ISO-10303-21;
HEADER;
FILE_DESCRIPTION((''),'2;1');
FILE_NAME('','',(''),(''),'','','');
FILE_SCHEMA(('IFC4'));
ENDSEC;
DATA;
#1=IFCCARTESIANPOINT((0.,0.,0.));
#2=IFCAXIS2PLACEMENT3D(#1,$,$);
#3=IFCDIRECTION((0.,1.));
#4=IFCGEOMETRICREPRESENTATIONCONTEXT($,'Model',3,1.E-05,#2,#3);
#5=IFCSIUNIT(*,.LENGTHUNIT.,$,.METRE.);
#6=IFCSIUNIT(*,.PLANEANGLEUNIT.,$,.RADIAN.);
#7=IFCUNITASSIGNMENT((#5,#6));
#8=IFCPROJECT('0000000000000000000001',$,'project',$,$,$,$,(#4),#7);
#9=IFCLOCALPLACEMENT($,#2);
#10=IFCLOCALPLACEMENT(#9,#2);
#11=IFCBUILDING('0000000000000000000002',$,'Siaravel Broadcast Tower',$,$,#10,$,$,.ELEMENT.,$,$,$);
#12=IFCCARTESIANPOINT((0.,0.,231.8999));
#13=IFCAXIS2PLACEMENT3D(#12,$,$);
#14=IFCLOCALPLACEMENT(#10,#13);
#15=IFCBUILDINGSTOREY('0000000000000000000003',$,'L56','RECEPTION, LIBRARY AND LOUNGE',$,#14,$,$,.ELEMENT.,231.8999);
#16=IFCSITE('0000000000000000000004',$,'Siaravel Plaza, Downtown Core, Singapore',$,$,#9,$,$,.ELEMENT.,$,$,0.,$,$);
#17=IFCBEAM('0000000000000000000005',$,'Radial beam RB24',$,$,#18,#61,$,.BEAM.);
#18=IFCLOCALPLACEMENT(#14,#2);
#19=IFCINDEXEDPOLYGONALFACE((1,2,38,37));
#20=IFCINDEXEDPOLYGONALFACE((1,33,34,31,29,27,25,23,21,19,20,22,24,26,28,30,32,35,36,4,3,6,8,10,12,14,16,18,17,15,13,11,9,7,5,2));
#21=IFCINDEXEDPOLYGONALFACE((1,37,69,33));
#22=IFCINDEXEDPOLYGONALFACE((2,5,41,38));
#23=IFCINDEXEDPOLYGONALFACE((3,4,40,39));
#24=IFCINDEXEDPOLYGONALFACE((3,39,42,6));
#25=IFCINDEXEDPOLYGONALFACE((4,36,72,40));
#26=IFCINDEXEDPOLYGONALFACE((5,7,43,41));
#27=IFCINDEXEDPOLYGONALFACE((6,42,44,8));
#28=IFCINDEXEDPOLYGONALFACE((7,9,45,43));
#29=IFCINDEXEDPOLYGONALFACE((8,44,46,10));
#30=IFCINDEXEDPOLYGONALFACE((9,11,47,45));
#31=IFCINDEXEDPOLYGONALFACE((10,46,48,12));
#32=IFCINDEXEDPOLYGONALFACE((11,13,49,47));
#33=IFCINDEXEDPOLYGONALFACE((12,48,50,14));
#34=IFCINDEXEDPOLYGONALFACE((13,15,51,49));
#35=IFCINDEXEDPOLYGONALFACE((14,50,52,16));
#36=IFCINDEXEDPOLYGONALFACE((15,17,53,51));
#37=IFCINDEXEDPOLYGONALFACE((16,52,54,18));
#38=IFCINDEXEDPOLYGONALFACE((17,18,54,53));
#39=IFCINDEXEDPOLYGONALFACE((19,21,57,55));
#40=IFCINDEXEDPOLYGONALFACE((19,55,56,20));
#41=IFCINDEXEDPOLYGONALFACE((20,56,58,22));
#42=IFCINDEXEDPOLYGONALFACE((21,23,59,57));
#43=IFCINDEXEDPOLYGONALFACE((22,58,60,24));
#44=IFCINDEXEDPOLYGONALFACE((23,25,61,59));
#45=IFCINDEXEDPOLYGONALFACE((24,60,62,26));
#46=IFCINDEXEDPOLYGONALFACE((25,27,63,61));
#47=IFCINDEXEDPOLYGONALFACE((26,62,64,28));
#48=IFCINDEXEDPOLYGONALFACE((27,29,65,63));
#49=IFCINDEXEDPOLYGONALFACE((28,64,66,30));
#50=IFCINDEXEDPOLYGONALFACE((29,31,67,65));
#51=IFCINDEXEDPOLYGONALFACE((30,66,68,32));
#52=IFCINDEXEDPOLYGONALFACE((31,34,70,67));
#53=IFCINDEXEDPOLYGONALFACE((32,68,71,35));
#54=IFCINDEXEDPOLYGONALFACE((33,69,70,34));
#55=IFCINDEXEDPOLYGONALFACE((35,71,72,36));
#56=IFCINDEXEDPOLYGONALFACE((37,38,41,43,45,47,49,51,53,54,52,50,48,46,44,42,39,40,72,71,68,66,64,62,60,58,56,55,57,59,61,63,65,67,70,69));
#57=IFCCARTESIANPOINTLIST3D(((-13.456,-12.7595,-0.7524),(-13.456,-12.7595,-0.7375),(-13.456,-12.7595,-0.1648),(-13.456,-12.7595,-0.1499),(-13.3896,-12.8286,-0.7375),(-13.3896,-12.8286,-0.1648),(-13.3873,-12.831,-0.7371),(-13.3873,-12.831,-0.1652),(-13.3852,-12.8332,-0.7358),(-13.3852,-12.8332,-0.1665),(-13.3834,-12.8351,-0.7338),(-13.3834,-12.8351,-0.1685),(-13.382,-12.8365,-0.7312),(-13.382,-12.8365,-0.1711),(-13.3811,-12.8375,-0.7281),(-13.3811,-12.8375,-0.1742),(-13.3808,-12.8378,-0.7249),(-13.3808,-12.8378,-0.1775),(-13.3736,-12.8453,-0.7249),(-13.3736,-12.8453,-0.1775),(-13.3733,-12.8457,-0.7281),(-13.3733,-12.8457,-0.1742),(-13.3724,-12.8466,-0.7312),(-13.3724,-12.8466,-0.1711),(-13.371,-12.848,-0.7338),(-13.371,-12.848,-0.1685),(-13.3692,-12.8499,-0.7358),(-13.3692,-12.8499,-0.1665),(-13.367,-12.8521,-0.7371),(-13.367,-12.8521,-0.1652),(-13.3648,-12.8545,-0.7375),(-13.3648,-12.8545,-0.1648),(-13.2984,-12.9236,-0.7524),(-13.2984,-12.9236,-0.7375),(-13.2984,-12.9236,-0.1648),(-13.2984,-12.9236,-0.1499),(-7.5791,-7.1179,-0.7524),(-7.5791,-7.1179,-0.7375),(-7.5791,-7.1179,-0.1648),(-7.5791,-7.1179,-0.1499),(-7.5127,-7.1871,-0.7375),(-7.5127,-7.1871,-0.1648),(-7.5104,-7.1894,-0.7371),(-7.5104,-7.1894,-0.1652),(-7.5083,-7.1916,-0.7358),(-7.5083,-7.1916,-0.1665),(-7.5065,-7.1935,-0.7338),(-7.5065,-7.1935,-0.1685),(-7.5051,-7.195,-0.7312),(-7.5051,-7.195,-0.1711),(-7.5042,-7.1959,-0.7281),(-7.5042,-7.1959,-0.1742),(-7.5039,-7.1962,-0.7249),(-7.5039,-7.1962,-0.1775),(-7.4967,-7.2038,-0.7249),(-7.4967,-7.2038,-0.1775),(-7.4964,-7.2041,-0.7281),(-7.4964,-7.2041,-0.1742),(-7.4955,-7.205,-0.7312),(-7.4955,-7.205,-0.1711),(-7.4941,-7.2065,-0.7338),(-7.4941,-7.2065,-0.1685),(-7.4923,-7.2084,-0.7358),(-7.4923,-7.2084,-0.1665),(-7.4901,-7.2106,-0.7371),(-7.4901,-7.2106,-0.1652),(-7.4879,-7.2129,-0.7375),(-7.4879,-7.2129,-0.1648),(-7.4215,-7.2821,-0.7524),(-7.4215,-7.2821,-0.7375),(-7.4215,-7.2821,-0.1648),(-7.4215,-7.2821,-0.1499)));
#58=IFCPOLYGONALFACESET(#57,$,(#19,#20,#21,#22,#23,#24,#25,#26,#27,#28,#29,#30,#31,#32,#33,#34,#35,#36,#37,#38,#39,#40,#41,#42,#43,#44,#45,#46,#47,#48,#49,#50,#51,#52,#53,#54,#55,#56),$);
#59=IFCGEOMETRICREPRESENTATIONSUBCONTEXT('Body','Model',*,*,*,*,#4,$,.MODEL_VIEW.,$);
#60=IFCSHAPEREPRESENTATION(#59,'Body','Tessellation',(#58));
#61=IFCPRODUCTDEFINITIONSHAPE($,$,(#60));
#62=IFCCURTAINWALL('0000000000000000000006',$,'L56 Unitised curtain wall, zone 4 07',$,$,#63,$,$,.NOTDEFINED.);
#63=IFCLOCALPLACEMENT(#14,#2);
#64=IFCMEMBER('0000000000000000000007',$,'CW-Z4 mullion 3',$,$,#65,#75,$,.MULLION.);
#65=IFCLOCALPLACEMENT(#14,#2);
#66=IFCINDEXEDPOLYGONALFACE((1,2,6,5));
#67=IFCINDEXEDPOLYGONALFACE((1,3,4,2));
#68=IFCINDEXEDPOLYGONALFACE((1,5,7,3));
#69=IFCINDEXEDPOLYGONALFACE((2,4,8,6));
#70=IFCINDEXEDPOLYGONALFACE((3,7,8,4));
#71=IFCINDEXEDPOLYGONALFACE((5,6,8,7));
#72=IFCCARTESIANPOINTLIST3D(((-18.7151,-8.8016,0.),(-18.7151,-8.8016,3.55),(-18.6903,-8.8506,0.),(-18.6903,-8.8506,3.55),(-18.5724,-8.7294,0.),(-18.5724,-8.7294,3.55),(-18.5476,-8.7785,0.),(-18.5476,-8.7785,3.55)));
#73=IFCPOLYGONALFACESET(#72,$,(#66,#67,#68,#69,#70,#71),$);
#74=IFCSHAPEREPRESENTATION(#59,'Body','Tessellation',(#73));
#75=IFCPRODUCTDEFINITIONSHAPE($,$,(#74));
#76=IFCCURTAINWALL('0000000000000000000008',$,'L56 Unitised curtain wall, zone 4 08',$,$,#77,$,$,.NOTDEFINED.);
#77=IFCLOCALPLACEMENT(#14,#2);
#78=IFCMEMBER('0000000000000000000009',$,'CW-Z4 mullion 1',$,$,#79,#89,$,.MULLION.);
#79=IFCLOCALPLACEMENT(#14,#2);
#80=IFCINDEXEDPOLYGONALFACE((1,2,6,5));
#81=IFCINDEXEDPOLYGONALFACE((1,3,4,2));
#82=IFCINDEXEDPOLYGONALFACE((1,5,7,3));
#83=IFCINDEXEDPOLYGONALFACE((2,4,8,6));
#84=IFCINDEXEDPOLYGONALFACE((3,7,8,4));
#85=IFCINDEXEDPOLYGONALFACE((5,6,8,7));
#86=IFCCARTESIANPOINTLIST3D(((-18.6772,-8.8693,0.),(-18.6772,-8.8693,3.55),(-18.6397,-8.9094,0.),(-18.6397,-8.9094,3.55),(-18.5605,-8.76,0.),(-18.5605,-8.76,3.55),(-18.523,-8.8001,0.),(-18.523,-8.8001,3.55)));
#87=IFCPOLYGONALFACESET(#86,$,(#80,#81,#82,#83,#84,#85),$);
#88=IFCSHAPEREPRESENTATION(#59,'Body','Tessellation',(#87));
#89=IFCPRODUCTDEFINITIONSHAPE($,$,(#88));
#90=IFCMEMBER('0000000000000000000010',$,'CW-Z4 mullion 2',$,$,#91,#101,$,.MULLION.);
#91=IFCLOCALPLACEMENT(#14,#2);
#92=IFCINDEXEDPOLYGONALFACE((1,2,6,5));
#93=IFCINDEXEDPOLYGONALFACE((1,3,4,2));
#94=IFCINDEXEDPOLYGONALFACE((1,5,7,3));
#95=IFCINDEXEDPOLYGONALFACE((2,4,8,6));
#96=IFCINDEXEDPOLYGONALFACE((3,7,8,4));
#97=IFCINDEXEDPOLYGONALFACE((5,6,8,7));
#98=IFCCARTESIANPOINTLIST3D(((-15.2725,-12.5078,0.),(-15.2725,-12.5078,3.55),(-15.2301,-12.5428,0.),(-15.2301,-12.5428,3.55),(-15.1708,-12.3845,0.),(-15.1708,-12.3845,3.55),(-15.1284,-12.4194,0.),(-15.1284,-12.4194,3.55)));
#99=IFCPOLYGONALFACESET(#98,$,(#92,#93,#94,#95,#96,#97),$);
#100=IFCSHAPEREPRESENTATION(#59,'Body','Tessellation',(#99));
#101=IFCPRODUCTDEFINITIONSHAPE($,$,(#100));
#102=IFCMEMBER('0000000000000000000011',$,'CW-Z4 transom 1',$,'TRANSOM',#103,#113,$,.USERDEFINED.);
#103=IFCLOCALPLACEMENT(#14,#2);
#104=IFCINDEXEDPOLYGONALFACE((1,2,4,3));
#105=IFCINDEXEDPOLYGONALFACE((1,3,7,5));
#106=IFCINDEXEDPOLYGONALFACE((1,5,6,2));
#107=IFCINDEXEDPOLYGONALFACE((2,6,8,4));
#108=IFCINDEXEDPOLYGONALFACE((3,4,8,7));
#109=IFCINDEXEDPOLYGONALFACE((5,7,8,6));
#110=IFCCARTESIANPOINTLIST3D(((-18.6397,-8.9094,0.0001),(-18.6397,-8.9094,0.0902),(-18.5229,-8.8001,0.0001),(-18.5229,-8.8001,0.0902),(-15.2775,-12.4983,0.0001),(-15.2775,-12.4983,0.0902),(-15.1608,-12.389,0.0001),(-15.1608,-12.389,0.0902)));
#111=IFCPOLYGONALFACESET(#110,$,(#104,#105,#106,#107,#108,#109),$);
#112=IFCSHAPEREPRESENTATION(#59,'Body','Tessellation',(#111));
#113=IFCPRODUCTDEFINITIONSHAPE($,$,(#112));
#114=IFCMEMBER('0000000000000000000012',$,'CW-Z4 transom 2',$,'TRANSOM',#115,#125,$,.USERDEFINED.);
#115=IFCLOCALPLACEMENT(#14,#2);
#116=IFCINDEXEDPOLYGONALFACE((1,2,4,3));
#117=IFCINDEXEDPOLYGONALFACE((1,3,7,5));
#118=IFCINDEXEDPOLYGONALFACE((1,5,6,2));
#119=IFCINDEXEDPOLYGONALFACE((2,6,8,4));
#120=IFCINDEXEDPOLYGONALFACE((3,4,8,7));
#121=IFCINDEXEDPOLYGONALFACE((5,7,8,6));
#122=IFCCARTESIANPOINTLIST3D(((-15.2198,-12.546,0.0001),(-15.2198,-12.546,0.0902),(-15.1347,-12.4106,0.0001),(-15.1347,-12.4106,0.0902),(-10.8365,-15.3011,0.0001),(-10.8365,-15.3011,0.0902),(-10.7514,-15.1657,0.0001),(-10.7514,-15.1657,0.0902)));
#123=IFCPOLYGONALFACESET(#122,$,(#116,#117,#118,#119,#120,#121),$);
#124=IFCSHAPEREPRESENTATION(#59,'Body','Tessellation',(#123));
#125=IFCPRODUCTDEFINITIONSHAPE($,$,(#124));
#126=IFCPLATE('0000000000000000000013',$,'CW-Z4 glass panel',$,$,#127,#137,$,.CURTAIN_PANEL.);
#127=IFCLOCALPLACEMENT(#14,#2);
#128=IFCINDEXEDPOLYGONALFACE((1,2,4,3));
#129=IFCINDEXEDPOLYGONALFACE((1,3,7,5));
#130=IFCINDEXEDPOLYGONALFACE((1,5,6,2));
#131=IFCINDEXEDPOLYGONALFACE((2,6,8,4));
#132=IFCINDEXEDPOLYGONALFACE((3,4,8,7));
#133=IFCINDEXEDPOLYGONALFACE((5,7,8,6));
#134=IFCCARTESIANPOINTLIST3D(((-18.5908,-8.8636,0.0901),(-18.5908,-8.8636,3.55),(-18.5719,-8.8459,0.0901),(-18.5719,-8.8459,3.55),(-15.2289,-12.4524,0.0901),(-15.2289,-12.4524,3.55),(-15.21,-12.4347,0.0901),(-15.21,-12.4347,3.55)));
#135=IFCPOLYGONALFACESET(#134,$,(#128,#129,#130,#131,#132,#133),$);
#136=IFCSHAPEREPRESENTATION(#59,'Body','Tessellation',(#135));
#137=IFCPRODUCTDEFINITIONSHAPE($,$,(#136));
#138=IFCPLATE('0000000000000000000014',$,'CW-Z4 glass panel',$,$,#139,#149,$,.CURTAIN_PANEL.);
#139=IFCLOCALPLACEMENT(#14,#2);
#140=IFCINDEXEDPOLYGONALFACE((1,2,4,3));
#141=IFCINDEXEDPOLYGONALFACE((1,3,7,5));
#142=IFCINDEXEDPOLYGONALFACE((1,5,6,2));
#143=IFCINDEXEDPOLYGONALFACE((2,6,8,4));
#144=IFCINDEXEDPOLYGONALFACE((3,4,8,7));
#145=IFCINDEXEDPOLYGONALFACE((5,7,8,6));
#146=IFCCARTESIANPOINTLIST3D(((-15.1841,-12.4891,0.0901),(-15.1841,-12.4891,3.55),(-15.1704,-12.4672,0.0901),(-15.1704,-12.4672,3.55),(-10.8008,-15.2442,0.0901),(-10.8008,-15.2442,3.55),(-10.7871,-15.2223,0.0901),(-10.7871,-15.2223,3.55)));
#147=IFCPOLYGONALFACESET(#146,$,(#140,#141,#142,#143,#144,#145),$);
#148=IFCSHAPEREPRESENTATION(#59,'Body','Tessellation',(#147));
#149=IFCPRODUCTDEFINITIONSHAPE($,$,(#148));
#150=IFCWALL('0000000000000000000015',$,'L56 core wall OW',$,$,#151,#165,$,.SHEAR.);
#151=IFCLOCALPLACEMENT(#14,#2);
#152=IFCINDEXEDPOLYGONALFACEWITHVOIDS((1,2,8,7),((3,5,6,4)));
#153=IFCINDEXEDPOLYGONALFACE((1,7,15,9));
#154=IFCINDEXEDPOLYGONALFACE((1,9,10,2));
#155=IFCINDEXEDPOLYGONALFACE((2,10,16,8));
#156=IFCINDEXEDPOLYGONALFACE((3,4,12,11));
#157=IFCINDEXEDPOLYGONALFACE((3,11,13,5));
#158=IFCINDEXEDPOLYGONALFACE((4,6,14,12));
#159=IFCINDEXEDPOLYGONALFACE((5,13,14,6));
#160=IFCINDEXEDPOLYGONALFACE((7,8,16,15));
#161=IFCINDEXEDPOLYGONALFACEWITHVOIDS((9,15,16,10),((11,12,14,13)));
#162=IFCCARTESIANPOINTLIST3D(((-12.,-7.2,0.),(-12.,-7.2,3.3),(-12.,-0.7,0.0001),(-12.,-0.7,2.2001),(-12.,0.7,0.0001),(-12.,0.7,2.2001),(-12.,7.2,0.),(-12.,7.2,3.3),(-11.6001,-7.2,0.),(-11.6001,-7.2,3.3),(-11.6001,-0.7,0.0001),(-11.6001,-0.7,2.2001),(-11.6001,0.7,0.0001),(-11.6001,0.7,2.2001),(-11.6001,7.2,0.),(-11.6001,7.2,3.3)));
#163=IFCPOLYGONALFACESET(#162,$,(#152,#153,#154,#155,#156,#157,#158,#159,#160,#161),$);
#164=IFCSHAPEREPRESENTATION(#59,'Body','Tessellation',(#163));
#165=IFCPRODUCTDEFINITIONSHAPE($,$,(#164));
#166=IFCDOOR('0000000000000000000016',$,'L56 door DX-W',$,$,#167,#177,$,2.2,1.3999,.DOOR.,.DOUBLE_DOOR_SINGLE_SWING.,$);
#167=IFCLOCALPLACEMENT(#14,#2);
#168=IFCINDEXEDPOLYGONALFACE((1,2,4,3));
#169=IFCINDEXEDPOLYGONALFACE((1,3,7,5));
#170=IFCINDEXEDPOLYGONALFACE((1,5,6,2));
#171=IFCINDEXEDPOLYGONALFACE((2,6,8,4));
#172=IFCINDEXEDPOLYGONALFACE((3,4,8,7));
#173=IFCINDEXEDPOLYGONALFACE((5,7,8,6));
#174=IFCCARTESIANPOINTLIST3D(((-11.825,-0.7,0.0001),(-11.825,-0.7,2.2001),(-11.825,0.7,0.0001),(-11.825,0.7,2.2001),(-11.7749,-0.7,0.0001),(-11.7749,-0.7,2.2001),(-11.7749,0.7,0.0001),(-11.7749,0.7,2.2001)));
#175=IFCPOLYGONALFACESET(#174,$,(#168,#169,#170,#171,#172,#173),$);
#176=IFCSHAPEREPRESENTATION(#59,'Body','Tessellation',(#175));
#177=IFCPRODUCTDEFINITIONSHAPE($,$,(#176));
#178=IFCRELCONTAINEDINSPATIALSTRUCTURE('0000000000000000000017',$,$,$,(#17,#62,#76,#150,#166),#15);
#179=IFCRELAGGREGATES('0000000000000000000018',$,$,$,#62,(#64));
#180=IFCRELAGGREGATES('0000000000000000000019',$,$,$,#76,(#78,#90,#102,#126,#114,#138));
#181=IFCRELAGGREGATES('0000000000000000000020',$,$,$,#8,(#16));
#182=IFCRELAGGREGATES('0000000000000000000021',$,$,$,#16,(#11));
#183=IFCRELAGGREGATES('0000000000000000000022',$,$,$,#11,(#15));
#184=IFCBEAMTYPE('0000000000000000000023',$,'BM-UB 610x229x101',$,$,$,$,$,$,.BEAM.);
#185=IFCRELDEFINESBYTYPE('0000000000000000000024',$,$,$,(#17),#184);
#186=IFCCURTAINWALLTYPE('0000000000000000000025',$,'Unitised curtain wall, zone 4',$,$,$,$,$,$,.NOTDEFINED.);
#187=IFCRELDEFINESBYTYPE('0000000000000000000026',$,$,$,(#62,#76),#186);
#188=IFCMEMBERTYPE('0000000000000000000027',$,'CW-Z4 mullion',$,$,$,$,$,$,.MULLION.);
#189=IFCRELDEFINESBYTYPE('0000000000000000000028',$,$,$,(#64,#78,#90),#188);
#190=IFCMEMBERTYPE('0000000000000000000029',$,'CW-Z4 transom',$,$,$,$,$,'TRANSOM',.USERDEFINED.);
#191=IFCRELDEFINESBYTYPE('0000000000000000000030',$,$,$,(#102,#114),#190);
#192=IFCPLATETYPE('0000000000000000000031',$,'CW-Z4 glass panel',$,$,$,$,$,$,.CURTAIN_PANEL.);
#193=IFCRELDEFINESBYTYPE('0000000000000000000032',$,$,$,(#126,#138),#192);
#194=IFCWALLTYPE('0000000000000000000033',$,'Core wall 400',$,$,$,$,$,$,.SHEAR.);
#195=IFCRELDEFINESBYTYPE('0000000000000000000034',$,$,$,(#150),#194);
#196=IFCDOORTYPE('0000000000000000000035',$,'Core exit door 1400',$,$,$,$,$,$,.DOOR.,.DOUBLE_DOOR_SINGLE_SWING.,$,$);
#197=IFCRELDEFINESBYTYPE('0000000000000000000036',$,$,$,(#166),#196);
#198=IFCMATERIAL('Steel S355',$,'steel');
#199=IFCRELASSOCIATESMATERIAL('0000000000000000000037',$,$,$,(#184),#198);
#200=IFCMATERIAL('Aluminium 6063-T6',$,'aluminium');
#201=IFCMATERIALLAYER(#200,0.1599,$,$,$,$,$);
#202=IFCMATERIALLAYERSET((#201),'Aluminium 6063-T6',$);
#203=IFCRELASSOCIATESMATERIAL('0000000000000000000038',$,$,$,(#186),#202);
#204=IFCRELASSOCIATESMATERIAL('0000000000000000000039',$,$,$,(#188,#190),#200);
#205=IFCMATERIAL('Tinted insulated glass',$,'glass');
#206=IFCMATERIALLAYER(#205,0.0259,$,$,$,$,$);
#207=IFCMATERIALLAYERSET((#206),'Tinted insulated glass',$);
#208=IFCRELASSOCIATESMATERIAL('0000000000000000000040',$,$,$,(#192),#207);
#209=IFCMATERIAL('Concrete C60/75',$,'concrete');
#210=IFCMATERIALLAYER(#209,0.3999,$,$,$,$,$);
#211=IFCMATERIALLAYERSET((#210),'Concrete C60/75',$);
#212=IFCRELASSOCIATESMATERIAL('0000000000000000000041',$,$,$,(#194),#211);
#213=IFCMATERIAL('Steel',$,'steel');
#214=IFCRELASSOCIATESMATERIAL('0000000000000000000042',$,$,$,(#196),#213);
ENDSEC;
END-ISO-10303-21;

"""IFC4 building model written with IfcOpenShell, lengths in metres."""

from ifc_helpers import new_model, si_unit, direction, frame, frame_2d, origin, origin_2d, place, context, subcontext, project, spatial, rectangle, i_section, extrude, material, layer, layer_set, material_profile, profile_set, type_object, element, fill, aggregate, save


model = new_model("IFC4")

# Units and contexts
model_context = context("Model", 3, precision=1e-05, world=origin(), true_north=direction((0.0, 1.0)))
body_context = subcontext(model_context, "Body", "Model", "MODEL_VIEW")
ifc_project = project(units=[si_unit("LENGTHUNIT", "METRE"), si_unit("PLANEANGLEUNIT", "RADIAN")], contexts=[model_context])

# Site, building, storey
site_placement = place(None, origin())
site = spatial("IfcSite", under=ifc_project, at=site_placement, Name="Siaravel Plaza, Downtown Core, Singapore", CompositionType="ELEMENT", RefElevation=0.0)
building_placement = place(site_placement, origin())
building = spatial("IfcBuilding", under=site, at=building_placement, Name="Siaravel Broadcast Tower", CompositionType="ELEMENT")
storey_placement = place(building_placement, frame((0.0, 0.0, 231.8999)))
storey = spatial("IfcBuildingStorey", under=building, at=storey_placement, Name="L56", Description="RECEPTION, LIBRARY AND LOUNGE", CompositionType="ELEMENT", Elevation=231.8999)

# Beam
ifc_material_1 = material(Name="Steel S355", Category="steel")
ifc_material_profile_1 = material_profile(ifc_material_1, i_section(OverallWidth=0.2275, OverallDepth=0.6025, WebThickness=0.0105, FlangeThickness=0.0149, FilletRadius=0.0127, at=origin_2d()))
ifc_profile_set_1 = profile_set([ifc_material_profile_1], Name="Steel S355")
beam_type = type_object("IfcBeamType", Name="BM-UB 610x229x101", PredefinedType="BEAM", material=ifc_profile_set_1)
beam_1_placement = place(storey_placement, frame((-13.3772, -12.8416, -0.4512), z_axis=(0.721404, 0.692514, 0.0), x_axis=(-0.692514, 0.721404, 0.0)))
element("IfcBeam", 1, at=beam_1_placement, inside=storey, type_object=beam_type, Name="Radial beam RB24", PredefinedType="BEAM", context=body_context, shape_type="SweptSolid", body=[
    extrude(i_section(OverallWidth=0.2275, OverallDepth=0.6025, WebThickness=0.0105, FlangeThickness=0.0149, FilletRadius=0.0127, at=origin_2d()), origin(), (0.0, 0.0, 1.0), 8.1465),
])

# Curtain wall, member
ifc_material_2 = material(Name="Aluminium 6063-T6", Category="aluminium")
ifc_layer_1 = layer(ifc_material_2, 0.1599)
ifc_layer_set_1 = layer_set([ifc_layer_1], Name="Aluminium 6063-T6")
curtain_wall_type = type_object("IfcCurtainWallType", Name="Unitised curtain wall, zone 4", PredefinedType="NOTDEFINED", material=ifc_layer_set_1)
curtain_wall_1_placement = place(storey_placement, origin())
curtain_wall_1 = element("IfcCurtainWall", 2, at=curtain_wall_1_placement, inside=storey, type_object=curtain_wall_type, Name="L56 Unitised curtain wall, zone 4 07", PredefinedType="NOTDEFINED")
ifc_material_profile_2 = material_profile(ifc_material_2, rectangle(XDim=0.1599, YDim=0.0549, at=origin_2d()))
ifc_profile_set_2 = profile_set([ifc_material_profile_2], Name="Aluminium 6063-T6")
member_type_1 = type_object("IfcMemberType", Name="CW-Z4 mullion", PredefinedType="MULLION", material=ifc_profile_set_2)
member_1_placement = place(storey_placement, frame((-18.6313, -8.79, 0.0), z_axis=(0.0, 0.0, 1.0), x_axis=(0.892393, 0.451259, 0.0)))
member_1 = element("IfcMember", 3, at=member_1_placement, type_object=member_type_1, Name="CW-Z4 mullion 3", PredefinedType="MULLION", context=body_context, shape_type="SweptSolid", body=[
    extrude(rectangle(XDim=0.1599, YDim=0.0549, at=origin_2d()), origin(), (0.0, 0.0, 1.0), 3.55),
])
aggregate(curtain_wall_1, [member_1])

# Curtain wall, members, plates
curtain_wall_2_placement = place(storey_placement, origin())
curtain_wall_2 = element("IfcCurtainWall", 4, at=curtain_wall_2_placement, inside=storey, type_object=curtain_wall_type, Name="L56 Unitised curtain wall, zone 4 08", PredefinedType="NOTDEFINED")
member_2_placement = place(storey_placement, frame((-18.6001, -8.8347, 0.0), z_axis=(0.0, 0.0, 1.0), x_axis=(0.729806, 0.683654, 0.0)))
member_2 = element("IfcMember", 5, at=member_2_placement, type_object=member_type_1, Name="CW-Z4 mullion 1", PredefinedType="MULLION", context=body_context, shape_type="SweptSolid", body=[
    extrude(rectangle(XDim=0.1599, YDim=0.0549, at=origin_2d()), origin(), (0.0, 0.0, 1.0), 3.55),
])
member_3_placement = place(storey_placement, frame((-15.2004, -12.4636, 0.0), z_axis=(0.0, 0.0, 1.0), x_axis=(0.63622, 0.771508, 0.0)))
member_3 = element("IfcMember", 6, at=member_3_placement, type_object=member_type_1, Name="CW-Z4 mullion 2", PredefinedType="MULLION", context=body_context, shape_type="SweptSolid", body=[
    extrude(rectangle(XDim=0.1599, YDim=0.0549, at=origin_2d()), origin(), (0.0, 0.0, 1.0), 3.55),
])
ifc_material_profile_3 = material_profile(ifc_material_2, rectangle(XDim=0.1599, YDim=0.0901, at=origin_2d()))
ifc_profile_set_3 = profile_set([ifc_material_profile_3], Name="Aluminium 6063-T6")
member_type_2 = type_object("IfcMemberType", Name="CW-Z4 transom", ElementType="TRANSOM", PredefinedType="USERDEFINED", material=ifc_profile_set_3)
member_4_placement = place(storey_placement, frame((-18.5813, -8.8547, 0.0452), z_axis=(0.68367, -0.729791, 0.0), x_axis=(0.729791, 0.68367, 0.0)))
member_4 = element("IfcMember", 7, at=member_4_placement, type_object=member_type_2, Name="CW-Z4 transom 1", ObjectType="TRANSOM", PredefinedType="USERDEFINED", context=body_context, shape_type="SweptSolid", body=[
    extrude(rectangle(XDim=0.1599, YDim=0.0901, at=origin_2d()), origin(), (0.0, 0.0, 1.0), 4.9177),
])
member_5_placement = place(storey_placement, frame((-15.1772, -12.4783, 0.0452), z_axis=(0.846644, -0.532159, 0.0), x_axis=(0.532159, 0.846644, 0.0)))
member_5 = element("IfcMember", 8, at=member_5_placement, type_object=member_type_2, Name="CW-Z4 transom 2", ObjectType="TRANSOM", PredefinedType="USERDEFINED", context=body_context, shape_type="SweptSolid", body=[
    extrude(rectangle(XDim=0.1599, YDim=0.0901, at=origin_2d()), origin(), (0.0, 0.0, 1.0), 5.1772),
])
ifc_material_3 = material(Name="Tinted insulated glass", Category="glass")
ifc_layer_2 = layer(ifc_material_3, 0.0259)
ifc_layer_set_2 = layer_set([ifc_layer_2], Name="Tinted insulated glass")
plate_type = type_object("IfcPlateType", Name="CW-Z4 glass panel", PredefinedType="CURTAIN_PANEL", material=ifc_layer_set_2)
plate_1_placement = place(storey_placement, frame((-16.9004, -10.6492, 0.0901), z_axis=(0.0, 0.0, 1.0), x_axis=(0.683654, -0.729806, 0.0)))
plate_1 = element("IfcPlate", 9, at=plate_1_placement, type_object=plate_type, Name="CW-Z4 glass panel", PredefinedType="CURTAIN_PANEL", context=body_context, shape_type="SweptSolid", body=[
    extrude(rectangle(XDim=4.9175, YDim=0.0259, at=origin_2d()), origin(), (0.0, 0.0, 1.0), 3.46),
])
plate_2_placement = place(storey_placement, frame((-12.9856, -13.8557, 0.0901), z_axis=(0.0, 0.0, 1.0), x_axis=(0.84665, -0.53215, 0.0)))
plate_2 = element("IfcPlate", 10, at=plate_2_placement, type_object=plate_type, Name="CW-Z4 glass panel", PredefinedType="CURTAIN_PANEL", context=body_context, shape_type="SweptSolid", body=[
    extrude(rectangle(XDim=5.1772, YDim=0.0259, at=origin_2d()), origin(), (0.0, 0.0, 1.0), 3.46),
])
aggregate(curtain_wall_2, [member_2, member_3, member_4, plate_1, member_5, plate_2])

# Wall, opening, door
ifc_material_4 = material(Name="Concrete C60/75", Category="concrete")
ifc_layer_3 = layer(ifc_material_4, 0.3999)
ifc_layer_set_3 = layer_set([ifc_layer_3], Name="Concrete C60/75")
wall_type_1 = type_object("IfcWallType", Name="Core wall 400", PredefinedType="SHEAR", material=ifc_layer_set_3)
wall_1_placement = place(storey_placement, frame((-11.8, -7.2, 0.0), z_axis=(0.0, 0.0, 1.0), x_axis=(0.0, 1.0, 0.0)))
wall_1 = element("IfcWall", 11, at=wall_1_placement, inside=storey, type_object=wall_type_1, Name="L56 core wall OW", PredefinedType="SHEAR", context=body_context, shape_type="SweptSolid", body=[
    extrude(rectangle(XDim=14.3999, YDim=0.3999, at=frame_2d((7.2, 0.0))), origin(), (0.0, 0.0, 1.0), 3.3),
])
opening_1_placement = place(wall_1_placement, frame((6.5, 0.0, 0.0)))
opening_1 = element("IfcOpeningElement", 12, at=opening_1_placement, cuts=wall_1, PredefinedType="OPENING", context=body_context, shape_type="SweptSolid", body=[
    extrude(rectangle(XDim=1.3999, YDim=2.2, at=frame_2d((0.7, 1.1001))), frame((0.0, 0.21, 0.0), z_axis=(0.0, -1.0, 0.0), x_axis=(1.0, 0.0, 0.0)), (0.0, 0.0, 1.0), 0.4199),
])
ifc_material_5 = material(Name="Steel", Category="steel")
door_type_1 = type_object("IfcDoorType", Name="Core exit door 1400", OperationType="DOUBLE_DOOR_SINGLE_SWING", PredefinedType="DOOR", material=ifc_material_5)
door_1_placement = place(opening_1_placement, origin())
door_1 = element("IfcDoor", 13, at=door_1_placement, inside=storey, type_object=door_type_1, Name="L56 door DX-W", OperationType="DOUBLE_DOOR_SINGLE_SWING", OverallHeight=2.2, OverallWidth=1.3999, PredefinedType="DOOR", context=body_context, shape_type="SweptSolid", body=[
    extrude(rectangle(XDim=1.3999, YDim=2.2, at=frame_2d((0.7, 1.1001))), frame((0.0, 0.0249, 0.0), z_axis=(0.0, -1.0, 0.0), x_axis=(1.0, 0.0, 0.0)), (0.0, 0.0, 1.0), 0.05),
])
fill(opening_1, door_1)

save(model, "model.ifc")
